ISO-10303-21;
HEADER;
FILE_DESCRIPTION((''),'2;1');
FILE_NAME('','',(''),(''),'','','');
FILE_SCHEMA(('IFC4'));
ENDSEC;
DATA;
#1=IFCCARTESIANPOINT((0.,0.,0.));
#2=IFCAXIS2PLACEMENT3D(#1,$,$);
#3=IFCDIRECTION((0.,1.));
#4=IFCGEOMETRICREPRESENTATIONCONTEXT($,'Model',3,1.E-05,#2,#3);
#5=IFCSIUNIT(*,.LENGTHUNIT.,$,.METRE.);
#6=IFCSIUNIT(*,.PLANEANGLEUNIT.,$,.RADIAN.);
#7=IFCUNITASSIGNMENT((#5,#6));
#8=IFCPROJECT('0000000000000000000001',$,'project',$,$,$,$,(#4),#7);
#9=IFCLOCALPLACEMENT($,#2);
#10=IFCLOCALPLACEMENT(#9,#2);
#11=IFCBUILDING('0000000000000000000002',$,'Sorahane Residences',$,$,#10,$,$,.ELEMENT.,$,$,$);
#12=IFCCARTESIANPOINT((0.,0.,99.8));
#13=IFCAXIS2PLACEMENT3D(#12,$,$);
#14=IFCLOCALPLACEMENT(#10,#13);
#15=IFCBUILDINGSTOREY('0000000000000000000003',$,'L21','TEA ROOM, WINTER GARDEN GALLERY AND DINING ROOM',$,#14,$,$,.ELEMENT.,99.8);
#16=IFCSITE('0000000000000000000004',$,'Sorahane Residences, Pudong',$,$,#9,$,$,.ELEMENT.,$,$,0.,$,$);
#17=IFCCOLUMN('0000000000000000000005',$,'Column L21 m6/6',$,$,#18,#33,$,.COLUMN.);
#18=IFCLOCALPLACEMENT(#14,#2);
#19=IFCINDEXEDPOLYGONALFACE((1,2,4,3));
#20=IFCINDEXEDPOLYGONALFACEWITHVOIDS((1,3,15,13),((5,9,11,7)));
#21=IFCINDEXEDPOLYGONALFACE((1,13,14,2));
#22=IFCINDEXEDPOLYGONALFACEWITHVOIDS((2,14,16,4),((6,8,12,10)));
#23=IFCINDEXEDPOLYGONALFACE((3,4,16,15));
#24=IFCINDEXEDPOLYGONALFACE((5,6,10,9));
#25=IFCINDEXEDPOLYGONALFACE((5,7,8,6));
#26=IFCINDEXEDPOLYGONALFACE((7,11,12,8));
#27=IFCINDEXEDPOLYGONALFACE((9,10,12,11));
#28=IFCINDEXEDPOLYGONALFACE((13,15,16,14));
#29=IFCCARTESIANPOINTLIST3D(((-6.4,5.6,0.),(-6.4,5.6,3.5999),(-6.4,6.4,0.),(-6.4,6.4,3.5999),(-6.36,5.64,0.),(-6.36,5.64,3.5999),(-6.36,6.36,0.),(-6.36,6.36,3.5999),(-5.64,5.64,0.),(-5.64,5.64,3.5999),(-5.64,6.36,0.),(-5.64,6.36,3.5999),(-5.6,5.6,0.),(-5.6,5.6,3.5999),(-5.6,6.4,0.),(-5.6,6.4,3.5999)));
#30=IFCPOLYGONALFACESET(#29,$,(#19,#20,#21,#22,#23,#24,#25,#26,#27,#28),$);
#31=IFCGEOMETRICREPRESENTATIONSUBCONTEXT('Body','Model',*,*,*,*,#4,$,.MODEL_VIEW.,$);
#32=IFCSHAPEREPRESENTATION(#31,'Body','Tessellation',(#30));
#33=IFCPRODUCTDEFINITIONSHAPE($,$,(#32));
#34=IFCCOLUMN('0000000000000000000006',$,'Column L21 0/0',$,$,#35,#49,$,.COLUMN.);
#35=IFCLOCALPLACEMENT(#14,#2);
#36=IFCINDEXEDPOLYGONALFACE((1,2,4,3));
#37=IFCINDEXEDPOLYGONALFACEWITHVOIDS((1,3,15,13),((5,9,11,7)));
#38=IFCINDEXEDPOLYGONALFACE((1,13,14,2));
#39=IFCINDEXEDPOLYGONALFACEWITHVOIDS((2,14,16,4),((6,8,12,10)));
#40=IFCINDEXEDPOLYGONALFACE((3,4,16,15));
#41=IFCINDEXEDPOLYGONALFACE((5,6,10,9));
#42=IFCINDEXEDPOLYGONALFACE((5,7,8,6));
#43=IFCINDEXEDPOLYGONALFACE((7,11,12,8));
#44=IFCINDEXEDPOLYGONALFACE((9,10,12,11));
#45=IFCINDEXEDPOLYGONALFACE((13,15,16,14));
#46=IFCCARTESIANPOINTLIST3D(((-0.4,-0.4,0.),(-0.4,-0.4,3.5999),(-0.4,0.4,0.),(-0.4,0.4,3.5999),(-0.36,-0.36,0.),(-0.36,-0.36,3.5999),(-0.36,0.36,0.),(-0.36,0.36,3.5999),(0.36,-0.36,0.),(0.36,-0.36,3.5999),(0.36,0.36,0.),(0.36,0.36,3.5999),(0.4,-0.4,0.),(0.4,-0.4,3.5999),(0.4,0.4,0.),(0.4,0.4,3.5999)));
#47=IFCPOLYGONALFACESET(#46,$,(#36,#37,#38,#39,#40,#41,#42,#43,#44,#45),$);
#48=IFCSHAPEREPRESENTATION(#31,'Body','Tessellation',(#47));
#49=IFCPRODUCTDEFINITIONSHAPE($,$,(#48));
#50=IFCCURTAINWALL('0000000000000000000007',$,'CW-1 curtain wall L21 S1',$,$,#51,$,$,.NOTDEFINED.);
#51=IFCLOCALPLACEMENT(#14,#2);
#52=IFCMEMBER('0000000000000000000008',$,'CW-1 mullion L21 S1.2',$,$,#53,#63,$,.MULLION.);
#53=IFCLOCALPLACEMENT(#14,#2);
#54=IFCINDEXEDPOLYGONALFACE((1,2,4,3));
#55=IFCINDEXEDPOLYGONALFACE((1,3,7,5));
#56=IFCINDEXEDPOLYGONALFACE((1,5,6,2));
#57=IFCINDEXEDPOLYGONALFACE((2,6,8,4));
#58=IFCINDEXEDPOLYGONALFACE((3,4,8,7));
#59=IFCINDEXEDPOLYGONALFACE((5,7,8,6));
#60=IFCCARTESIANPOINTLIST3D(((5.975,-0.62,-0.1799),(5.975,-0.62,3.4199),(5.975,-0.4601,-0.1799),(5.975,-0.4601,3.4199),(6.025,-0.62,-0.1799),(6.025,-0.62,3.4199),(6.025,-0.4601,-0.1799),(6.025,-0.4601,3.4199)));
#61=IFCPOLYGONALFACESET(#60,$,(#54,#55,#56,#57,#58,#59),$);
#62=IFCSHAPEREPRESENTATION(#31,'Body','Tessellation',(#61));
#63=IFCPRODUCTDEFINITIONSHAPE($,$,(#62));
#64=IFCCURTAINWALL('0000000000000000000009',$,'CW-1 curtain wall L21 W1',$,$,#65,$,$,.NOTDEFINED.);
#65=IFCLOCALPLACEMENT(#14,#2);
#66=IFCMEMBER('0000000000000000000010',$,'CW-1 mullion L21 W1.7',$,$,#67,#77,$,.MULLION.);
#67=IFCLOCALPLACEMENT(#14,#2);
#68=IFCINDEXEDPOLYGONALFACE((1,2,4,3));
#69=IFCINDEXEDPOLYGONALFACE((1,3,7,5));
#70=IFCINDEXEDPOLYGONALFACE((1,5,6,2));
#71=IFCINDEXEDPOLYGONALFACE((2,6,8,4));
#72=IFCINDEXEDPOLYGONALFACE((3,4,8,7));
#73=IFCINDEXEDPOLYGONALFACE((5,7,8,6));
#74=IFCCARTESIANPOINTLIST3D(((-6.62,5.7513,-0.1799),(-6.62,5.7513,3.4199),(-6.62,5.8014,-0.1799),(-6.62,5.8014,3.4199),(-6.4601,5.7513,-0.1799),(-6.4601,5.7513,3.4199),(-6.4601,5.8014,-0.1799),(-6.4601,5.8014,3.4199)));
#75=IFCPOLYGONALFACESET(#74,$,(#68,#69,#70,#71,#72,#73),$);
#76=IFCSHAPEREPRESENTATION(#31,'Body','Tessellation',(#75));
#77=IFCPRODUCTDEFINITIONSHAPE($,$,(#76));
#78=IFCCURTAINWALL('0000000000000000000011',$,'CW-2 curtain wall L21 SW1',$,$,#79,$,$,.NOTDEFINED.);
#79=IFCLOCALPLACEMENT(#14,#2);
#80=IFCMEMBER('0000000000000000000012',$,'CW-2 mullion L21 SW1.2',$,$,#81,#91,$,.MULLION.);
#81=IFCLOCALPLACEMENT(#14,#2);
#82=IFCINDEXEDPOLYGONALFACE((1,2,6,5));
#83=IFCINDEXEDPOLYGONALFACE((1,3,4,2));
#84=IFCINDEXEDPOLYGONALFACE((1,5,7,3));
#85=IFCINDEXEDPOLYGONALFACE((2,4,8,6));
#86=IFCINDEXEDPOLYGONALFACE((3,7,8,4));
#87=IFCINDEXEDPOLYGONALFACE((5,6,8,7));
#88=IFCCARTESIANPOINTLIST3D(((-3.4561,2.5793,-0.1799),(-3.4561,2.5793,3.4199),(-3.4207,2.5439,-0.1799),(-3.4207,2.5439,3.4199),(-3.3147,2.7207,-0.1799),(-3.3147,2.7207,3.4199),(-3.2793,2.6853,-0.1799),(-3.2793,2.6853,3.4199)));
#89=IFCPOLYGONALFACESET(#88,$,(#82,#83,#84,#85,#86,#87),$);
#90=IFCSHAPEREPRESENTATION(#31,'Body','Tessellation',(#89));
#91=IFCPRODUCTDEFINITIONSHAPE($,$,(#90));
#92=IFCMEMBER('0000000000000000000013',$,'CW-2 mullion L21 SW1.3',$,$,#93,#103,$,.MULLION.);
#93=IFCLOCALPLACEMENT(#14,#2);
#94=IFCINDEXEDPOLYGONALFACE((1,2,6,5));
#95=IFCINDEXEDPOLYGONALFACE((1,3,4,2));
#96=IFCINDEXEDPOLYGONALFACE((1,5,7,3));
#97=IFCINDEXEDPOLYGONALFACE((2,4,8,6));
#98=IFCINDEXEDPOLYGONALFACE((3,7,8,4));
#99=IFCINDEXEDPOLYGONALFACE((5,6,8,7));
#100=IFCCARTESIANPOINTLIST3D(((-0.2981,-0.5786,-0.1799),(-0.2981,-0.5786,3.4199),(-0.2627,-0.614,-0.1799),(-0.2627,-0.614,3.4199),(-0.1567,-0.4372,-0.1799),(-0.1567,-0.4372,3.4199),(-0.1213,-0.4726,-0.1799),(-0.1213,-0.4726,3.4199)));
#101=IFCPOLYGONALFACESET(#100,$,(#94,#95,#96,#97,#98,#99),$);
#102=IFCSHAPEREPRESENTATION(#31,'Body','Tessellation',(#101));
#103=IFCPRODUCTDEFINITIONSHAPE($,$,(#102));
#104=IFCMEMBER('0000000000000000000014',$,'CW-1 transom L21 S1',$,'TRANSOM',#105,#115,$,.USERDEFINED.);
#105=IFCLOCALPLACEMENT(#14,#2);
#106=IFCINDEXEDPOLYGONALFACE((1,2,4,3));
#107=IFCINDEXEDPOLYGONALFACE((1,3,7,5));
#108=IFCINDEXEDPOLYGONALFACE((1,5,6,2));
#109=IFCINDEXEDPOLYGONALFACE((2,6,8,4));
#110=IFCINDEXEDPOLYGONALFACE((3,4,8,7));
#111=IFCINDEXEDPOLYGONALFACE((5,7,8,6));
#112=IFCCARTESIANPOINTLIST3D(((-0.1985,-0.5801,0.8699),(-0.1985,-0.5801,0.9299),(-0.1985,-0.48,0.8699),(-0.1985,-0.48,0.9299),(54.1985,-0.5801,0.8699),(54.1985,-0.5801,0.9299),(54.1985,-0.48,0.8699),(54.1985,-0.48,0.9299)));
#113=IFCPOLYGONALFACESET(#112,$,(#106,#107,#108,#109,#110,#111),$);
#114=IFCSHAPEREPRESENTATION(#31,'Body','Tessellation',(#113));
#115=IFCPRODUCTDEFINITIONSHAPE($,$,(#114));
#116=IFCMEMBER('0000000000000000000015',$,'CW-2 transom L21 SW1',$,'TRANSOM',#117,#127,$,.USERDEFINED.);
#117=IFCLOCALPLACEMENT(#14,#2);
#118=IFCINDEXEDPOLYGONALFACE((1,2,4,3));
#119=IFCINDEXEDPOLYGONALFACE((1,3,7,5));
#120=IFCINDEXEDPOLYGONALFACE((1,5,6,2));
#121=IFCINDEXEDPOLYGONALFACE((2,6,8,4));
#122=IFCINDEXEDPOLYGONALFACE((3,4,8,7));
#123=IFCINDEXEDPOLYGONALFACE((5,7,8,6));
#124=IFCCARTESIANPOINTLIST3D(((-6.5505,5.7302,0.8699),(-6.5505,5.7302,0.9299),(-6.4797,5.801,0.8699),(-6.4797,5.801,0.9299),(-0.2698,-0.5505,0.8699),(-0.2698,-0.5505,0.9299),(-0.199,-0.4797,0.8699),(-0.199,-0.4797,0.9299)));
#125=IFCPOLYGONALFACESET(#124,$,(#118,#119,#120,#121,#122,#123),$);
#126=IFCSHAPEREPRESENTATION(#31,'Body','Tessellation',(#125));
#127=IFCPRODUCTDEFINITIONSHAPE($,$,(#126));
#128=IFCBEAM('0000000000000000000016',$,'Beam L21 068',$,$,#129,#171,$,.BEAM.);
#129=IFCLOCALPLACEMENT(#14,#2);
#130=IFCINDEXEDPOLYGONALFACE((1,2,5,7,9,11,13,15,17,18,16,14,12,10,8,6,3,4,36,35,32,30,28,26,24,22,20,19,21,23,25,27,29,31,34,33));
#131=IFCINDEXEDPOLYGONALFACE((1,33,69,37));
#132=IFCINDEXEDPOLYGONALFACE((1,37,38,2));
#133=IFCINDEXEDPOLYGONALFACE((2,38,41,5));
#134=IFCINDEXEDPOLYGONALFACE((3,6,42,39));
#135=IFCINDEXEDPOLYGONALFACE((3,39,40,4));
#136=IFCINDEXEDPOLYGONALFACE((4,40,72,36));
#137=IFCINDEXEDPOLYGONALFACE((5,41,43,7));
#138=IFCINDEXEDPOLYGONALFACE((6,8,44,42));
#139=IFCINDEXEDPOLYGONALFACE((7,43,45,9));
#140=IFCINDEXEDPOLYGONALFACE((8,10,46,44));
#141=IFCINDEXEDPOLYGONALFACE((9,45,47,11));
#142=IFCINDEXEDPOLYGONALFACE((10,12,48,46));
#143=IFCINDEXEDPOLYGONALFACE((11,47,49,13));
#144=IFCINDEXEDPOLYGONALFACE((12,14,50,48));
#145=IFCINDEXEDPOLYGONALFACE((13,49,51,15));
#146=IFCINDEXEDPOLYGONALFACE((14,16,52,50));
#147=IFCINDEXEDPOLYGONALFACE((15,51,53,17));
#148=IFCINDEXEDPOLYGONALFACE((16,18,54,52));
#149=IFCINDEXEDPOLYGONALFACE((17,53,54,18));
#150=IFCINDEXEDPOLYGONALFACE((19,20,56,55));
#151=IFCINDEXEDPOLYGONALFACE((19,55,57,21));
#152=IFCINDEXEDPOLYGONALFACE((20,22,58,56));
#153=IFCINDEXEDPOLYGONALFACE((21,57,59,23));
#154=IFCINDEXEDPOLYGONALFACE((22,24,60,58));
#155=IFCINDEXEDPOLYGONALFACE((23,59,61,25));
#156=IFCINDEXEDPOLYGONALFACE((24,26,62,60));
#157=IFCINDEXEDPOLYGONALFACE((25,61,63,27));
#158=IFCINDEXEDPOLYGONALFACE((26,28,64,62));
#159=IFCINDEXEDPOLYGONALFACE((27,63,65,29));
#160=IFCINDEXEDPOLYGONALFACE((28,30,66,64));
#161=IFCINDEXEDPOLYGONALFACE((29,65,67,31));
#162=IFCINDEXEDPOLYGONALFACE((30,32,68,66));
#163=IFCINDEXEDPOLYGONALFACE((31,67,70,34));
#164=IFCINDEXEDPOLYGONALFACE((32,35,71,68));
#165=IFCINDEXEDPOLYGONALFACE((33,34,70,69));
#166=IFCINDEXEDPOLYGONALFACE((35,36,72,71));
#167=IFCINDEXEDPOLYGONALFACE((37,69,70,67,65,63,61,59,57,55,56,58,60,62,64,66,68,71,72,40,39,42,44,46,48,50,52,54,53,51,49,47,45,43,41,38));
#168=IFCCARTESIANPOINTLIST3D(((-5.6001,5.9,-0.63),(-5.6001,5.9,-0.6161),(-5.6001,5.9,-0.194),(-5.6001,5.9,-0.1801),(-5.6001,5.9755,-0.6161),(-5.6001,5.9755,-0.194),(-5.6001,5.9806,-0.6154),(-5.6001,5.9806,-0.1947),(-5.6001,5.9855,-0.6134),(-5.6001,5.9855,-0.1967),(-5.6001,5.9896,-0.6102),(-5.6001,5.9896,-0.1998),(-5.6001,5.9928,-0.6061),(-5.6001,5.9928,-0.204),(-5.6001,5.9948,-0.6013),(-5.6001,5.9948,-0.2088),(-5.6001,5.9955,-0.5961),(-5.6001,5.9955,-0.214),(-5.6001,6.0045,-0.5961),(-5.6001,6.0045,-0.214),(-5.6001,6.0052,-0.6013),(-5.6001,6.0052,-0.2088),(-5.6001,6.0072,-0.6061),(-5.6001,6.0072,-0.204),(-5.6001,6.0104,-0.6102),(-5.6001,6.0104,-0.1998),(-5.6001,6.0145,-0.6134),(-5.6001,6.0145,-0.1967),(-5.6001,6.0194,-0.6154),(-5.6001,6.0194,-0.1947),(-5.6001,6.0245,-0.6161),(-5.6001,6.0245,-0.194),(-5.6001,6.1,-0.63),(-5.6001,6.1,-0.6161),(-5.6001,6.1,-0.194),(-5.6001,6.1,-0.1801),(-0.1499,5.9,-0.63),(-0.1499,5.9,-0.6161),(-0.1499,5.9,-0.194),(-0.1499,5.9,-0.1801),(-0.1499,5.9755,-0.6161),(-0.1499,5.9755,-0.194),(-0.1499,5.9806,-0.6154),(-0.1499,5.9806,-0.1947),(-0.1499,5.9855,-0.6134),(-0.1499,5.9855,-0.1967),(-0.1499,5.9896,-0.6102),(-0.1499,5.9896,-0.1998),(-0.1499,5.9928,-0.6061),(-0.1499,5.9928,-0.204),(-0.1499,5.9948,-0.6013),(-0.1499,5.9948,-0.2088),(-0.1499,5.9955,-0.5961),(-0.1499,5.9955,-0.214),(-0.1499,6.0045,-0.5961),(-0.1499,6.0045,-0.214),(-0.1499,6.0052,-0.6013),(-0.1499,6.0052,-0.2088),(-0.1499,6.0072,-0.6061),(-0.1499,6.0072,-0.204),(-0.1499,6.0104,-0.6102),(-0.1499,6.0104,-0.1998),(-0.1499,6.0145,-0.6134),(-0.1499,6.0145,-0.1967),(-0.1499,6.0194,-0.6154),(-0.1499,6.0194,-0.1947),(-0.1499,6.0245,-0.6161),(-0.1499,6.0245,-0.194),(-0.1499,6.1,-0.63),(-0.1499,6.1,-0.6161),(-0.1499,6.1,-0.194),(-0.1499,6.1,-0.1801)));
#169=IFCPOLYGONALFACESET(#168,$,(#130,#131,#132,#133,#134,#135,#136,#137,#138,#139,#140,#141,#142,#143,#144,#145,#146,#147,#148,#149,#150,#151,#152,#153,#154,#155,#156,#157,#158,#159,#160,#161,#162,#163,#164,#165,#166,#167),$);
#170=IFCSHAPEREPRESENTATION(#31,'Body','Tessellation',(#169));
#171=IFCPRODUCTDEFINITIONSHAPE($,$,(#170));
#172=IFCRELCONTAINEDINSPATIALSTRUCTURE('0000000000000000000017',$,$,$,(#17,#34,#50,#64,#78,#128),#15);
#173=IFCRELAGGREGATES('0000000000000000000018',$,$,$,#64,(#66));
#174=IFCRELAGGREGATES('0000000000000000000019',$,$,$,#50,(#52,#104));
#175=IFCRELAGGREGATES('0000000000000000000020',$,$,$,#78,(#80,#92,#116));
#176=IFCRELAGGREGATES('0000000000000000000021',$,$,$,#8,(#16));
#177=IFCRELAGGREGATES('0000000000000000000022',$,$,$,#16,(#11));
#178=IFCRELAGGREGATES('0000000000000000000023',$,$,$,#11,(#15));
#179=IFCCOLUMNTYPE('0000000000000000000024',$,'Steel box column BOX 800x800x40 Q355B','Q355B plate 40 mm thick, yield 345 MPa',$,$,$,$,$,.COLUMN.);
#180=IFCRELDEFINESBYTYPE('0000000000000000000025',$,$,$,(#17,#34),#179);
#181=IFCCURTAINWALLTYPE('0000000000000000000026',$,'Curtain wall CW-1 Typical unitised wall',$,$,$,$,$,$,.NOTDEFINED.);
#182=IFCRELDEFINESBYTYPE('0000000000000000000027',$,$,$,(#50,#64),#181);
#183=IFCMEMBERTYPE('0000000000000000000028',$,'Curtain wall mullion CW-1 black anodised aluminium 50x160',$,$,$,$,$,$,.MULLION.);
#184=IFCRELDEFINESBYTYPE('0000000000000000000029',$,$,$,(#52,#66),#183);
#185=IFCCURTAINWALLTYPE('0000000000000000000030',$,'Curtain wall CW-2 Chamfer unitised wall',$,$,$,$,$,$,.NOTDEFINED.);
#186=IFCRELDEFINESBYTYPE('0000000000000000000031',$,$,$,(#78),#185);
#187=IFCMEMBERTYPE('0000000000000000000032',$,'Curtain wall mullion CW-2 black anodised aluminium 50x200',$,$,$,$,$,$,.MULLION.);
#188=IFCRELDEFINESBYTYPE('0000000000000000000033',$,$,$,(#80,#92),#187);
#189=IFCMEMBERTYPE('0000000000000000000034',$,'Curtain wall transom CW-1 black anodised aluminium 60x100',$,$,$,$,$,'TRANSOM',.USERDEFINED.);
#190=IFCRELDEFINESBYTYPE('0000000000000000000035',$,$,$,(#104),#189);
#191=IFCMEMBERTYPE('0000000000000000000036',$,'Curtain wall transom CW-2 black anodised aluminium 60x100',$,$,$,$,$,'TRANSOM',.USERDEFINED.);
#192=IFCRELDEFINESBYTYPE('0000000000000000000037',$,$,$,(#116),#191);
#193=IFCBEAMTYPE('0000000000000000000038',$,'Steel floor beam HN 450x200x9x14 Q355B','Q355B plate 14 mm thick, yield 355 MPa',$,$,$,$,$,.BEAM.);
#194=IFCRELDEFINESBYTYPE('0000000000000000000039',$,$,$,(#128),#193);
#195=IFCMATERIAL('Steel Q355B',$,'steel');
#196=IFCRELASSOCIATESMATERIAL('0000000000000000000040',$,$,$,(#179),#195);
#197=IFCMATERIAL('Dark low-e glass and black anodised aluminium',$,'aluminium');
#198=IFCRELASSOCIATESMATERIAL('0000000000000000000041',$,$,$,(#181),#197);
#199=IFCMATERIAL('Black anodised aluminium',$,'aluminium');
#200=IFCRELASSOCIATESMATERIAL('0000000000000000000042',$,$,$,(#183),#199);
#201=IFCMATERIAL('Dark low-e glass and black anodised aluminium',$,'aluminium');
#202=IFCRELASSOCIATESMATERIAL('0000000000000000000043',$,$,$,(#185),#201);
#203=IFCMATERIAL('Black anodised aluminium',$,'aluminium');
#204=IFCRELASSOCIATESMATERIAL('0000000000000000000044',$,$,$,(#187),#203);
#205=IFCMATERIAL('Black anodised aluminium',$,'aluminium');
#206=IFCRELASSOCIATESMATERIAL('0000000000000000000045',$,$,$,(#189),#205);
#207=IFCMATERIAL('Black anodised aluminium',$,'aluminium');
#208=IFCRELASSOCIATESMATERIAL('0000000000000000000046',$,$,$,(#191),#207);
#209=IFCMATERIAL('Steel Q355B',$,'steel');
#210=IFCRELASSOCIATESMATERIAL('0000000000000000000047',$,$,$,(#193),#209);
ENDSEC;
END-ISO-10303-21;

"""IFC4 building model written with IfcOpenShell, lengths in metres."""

from ifc_helpers import new_model, si_unit, direction, frame, origin, origin_2d, place, context, subcontext, project, spatial, rectangle, hollow_rectangle, i_section, extrude, material, material_profile, profile_set, type_object, element, aggregate, save


model = new_model("IFC4")

# Units and contexts
model_context = context("Model", 3, precision=1e-05, world=origin(), true_north=direction((0.0, 1.0)))
body_context = subcontext(model_context, "Body", "Model", "MODEL_VIEW")
ifc_project = project(units=[si_unit("LENGTHUNIT", "METRE"), si_unit("PLANEANGLEUNIT", "RADIAN")], contexts=[model_context])

# Site, building, storey
site_placement = place(None, origin())
site = spatial("IfcSite", under=ifc_project, at=site_placement, Name="Sorahane Residences, Pudong", CompositionType="ELEMENT", RefElevation=0.0)
building_placement = place(site_placement, origin())
building = spatial("IfcBuilding", under=site, at=building_placement, Name="Sorahane Residences", CompositionType="ELEMENT")
storey_placement = place(building_placement, frame((0.0, 0.0, 99.8)))
storey = spatial("IfcBuildingStorey", under=building, at=storey_placement, Name="L21", Description="TEA ROOM, WINTER GARDEN GALLERY AND DINING ROOM", CompositionType="ELEMENT", Elevation=99.8)

# Columns
ifc_material_1 = material(Name="Steel Q355B", Category="steel")
ifc_material_profile_1 = material_profile(ifc_material_1, hollow_rectangle(XDim=0.8, YDim=0.8, WallThickness=0.04, at=origin_2d()), Name="BOX 800x800x40")
ifc_profile_set_1 = profile_set([ifc_material_profile_1], Name="Steel Q355B")
column_type = type_object("IfcColumnType", Name="Steel box column BOX 800x800x40 Q355B", Description="Q355B plate 40 mm thick, yield 345 MPa", PredefinedType="COLUMN", material=ifc_profile_set_1)
for number, where, z_axis, x_axis, name in (
    (1, (-6.0, 6.0, 0.0), (0.0, 0.0, 1.0), (1.0, 0.0, 0.0), "Column L21 m6/6"),
    (2, (0.0, 0.0, 0.0), (0.0, 0.0, 1.0), (1.0, 0.0, 0.0), "Column L21 0/0"),
):
    element("IfcColumn", number, at=place(storey_placement, frame(where, z_axis=z_axis, x_axis=x_axis)), inside=storey, type_object=column_type, Name=name, PredefinedType="COLUMN", context=body_context, shape_type="SweptSolid", body=[
        extrude(hollow_rectangle(XDim=0.8, YDim=0.8, WallThickness=0.04, at=origin_2d()), origin(), (0.0, 0.0, 1.0), 3.5999),
    ])

# Curtain walls, members
ifc_material_2 = material(Name="Dark low-e glass and black anodised aluminium", Category="aluminium")
curtain_wall_type_1 = type_object("IfcCurtainWallType", Name="Curtain wall CW-1 Typical unitised wall", PredefinedType="NOTDEFINED", material=ifc_material_2)
curtain_wall_1_placement = place(storey_placement, origin())
curtain_wall_1 = element("IfcCurtainWall", 3, at=curtain_wall_1_placement, inside=storey, type_object=curtain_wall_type_1, Name="CW-1 curtain wall L21 S1", PredefinedType="NOTDEFINED")
ifc_material_3 = material(Name="Black anodised aluminium", Category="aluminium")
ifc_material_profile_2 = material_profile(ifc_material_3, rectangle(XDim=0.1599, YDim=0.05, at=origin_2d()), Name="Curtain wall mullion CW-1 black anodised aluminium 50x160")
ifc_profile_set_2 = profile_set([ifc_material_profile_2], Name="Black anodised aluminium")
member_type_1 = type_object("IfcMemberType", Name="Curtain wall mullion CW-1 black anodised aluminium 50x160", PredefinedType="MULLION", material=ifc_profile_set_2)
member_1_placement = place(storey_placement, frame((6.0, -0.54, -0.1799), z_axis=(0.0, 0.0, 1.0), x_axis=(0.0, -1.0, 0.0)))
member_1 = element("IfcMember", 4, at=member_1_placement, type_object=member_type_1, Name="CW-1 mullion L21 S1.2", PredefinedType="MULLION", context=body_context, shape_type="SweptSolid", body=[
    extrude(rectangle(XDim=0.1599, YDim=0.05, at=origin_2d()), origin(), (0.0, 0.0, 1.0), 3.5999),
])
curtain_wall_2_placement = place(storey_placement, origin())
curtain_wall_2 = element("IfcCurtainWall", 5, at=curtain_wall_2_placement, inside=storey, type_object=curtain_wall_type_1, Name="CW-1 curtain wall L21 W1", PredefinedType="NOTDEFINED")
member_2_placement = place(storey_placement, frame((-6.54, 5.7764, -0.1799), z_axis=(0.0, 0.0, 1.0), x_axis=(-1.0, 0.0, 0.0)))
member_2 = element("IfcMember", 6, at=member_2_placement, type_object=member_type_1, Name="CW-1 mullion L21 W1.7", PredefinedType="MULLION", context=body_context, shape_type="SweptSolid", body=[
    extrude(rectangle(XDim=0.1599, YDim=0.05, at=origin_2d()), origin(), (0.0, 0.0, 1.0), 3.5999),
])
aggregate(curtain_wall_2, [member_2])

# Curtain wall, members
ifc_material_4 = material(Name="Dark low-e glass and black anodised aluminium", Category="aluminium")
curtain_wall_type_2 = type_object("IfcCurtainWallType", Name="Curtain wall CW-2 Chamfer unitised wall", PredefinedType="NOTDEFINED", material=ifc_material_4)
curtain_wall_3_placement = place(storey_placement, origin())
curtain_wall_3 = element("IfcCurtainWall", 7, at=curtain_wall_3_placement, inside=storey, type_object=curtain_wall_type_2, Name="CW-2 curtain wall L21 SW1", PredefinedType="NOTDEFINED")
ifc_material_5 = material(Name="Black anodised aluminium", Category="aluminium")
ifc_material_profile_3 = material_profile(ifc_material_5, rectangle(XDim=0.2, YDim=0.05, at=origin_2d()), Name="Curtain wall mullion CW-2 black anodised aluminium 50x200")
ifc_profile_set_3 = profile_set([ifc_material_profile_3], Name="Black anodised aluminium")
member_type_2 = type_object("IfcMemberType", Name="Curtain wall mullion CW-2 black anodised aluminium 50x200", PredefinedType="MULLION", material=ifc_profile_set_3)
member_3_placement = place(storey_placement, frame((-3.3677, 2.6323, -0.1799), z_axis=(0.0, 0.0, 1.0), x_axis=(-0.707107, -0.707107, 0.0)))
member_3 = element("IfcMember", 8, at=member_3_placement, type_object=member_type_2, Name="CW-2 mullion L21 SW1.2", PredefinedType="MULLION", context=body_context, shape_type="SweptSolid", body=[
    extrude(rectangle(XDim=0.2, YDim=0.05, at=origin_2d()), origin(), (0.0, 0.0, 1.0), 3.5999),
])
member_4_placement = place(storey_placement, frame((-0.2097, -0.5256, -0.1799), z_axis=(0.0, 0.0, 1.0), x_axis=(-0.707107, -0.707107, 0.0)))
member_4 = element("IfcMember", 9, at=member_4_placement, type_object=member_type_2, Name="CW-2 mullion L21 SW1.3", PredefinedType="MULLION", context=body_context, shape_type="SweptSolid", body=[
    extrude(rectangle(XDim=0.2, YDim=0.05, at=origin_2d()), origin(), (0.0, 0.0, 1.0), 3.5999),
])

# Members
ifc_material_6 = material(Name="Black anodised aluminium", Category="aluminium")
ifc_material_profile_4 = material_profile(ifc_material_6, rectangle(XDim=0.1001, YDim=0.0601, at=origin_2d()), Name="Curtain wall transom CW-1 black anodised aluminium 60x100")
ifc_profile_set_4 = profile_set([ifc_material_profile_4], Name="Black anodised aluminium")
member_type_3 = type_object("IfcMemberType", Name="Curtain wall transom CW-1 black anodised aluminium 60x100", ElementType="TRANSOM", PredefinedType="USERDEFINED", material=ifc_profile_set_4)
member_5_placement = place(storey_placement, frame((-0.1985, -0.53, 0.8999), z_axis=(1.0, 0.0, 0.0), x_axis=(0.0, 1.0, 0.0)))
member_5 = element("IfcMember", 10, at=member_5_placement, type_object=member_type_3, Name="CW-1 transom L21 S1", ObjectType="TRANSOM", PredefinedType="USERDEFINED", context=body_context, shape_type="SweptSolid", body=[
    extrude(rectangle(XDim=0.1001, YDim=0.0601, at=origin_2d()), origin(), (0.0, 0.0, 1.0), 54.397),
])
ifc_material_7 = material(Name="Black anodised aluminium", Category="aluminium")
ifc_material_profile_5 = material_profile(ifc_material_7, rectangle(XDim=0.1001, YDim=0.0601, at=origin_2d()), Name="Curtain wall transom CW-2 black anodised aluminium 60x100")
ifc_profile_set_5 = profile_set([ifc_material_profile_5], Name="Black anodised aluminium")
member_type_4 = type_object("IfcMemberType", Name="Curtain wall transom CW-2 black anodised aluminium 60x100", ElementType="TRANSOM", PredefinedType="USERDEFINED", material=ifc_profile_set_5)
member_6_placement = place(storey_placement, frame((-6.5151, 5.7656, 0.8999), z_axis=(0.707107, -0.707107, 0.0), x_axis=(0.707107, 0.707107, 0.0)))
member_6 = element("IfcMember", 11, at=member_6_placement, type_object=member_type_4, Name="CW-2 transom L21 SW1", ObjectType="TRANSOM", PredefinedType="USERDEFINED", context=body_context, shape_type="SweptSolid", body=[
    extrude(rectangle(XDim=0.1001, YDim=0.0601, at=origin_2d()), origin(), (0.0, 0.0, 1.0), 8.8823),
])

# Beam
ifc_material_8 = material(Name="Steel Q355B", Category="steel")
ifc_material_profile_6 = material_profile(ifc_material_8, i_section(OverallWidth=0.2, OverallDepth=0.45, WebThickness=0.009, FlangeThickness=0.0139, FilletRadius=0.02, at=origin_2d()), Name="HN 450x200x9x14")
ifc_profile_set_6 = profile_set([ifc_material_profile_6], Name="Steel Q355B")
beam_type_1 = type_object("IfcBeamType", Name="Steel floor beam HN 450x200x9x14 Q355B", Description="Q355B plate 14 mm thick, yield 355 MPa", PredefinedType="BEAM", material=ifc_profile_set_6)
beam_1_placement = place(storey_placement, frame((-5.6001, 6.0, -0.405), z_axis=(1.0, 0.0, 0.0), x_axis=(0.0, 1.0, 0.0)))
element("IfcBeam", 12, at=beam_1_placement, inside=storey, type_object=beam_type_1, Name="Beam L21 068", PredefinedType="BEAM", context=body_context, shape_type="SweptSolid", body=[
    extrude(i_section(OverallWidth=0.2, OverallDepth=0.45, WebThickness=0.009, FlangeThickness=0.0139, FilletRadius=0.02, at=origin_2d()), origin(), (0.0, 0.0, 1.0), 5.4502),
])

aggregate(curtain_wall_1, [member_1, member_5])
aggregate(curtain_wall_3, [member_3, member_4, member_6])

save(model, "model.ifc")
